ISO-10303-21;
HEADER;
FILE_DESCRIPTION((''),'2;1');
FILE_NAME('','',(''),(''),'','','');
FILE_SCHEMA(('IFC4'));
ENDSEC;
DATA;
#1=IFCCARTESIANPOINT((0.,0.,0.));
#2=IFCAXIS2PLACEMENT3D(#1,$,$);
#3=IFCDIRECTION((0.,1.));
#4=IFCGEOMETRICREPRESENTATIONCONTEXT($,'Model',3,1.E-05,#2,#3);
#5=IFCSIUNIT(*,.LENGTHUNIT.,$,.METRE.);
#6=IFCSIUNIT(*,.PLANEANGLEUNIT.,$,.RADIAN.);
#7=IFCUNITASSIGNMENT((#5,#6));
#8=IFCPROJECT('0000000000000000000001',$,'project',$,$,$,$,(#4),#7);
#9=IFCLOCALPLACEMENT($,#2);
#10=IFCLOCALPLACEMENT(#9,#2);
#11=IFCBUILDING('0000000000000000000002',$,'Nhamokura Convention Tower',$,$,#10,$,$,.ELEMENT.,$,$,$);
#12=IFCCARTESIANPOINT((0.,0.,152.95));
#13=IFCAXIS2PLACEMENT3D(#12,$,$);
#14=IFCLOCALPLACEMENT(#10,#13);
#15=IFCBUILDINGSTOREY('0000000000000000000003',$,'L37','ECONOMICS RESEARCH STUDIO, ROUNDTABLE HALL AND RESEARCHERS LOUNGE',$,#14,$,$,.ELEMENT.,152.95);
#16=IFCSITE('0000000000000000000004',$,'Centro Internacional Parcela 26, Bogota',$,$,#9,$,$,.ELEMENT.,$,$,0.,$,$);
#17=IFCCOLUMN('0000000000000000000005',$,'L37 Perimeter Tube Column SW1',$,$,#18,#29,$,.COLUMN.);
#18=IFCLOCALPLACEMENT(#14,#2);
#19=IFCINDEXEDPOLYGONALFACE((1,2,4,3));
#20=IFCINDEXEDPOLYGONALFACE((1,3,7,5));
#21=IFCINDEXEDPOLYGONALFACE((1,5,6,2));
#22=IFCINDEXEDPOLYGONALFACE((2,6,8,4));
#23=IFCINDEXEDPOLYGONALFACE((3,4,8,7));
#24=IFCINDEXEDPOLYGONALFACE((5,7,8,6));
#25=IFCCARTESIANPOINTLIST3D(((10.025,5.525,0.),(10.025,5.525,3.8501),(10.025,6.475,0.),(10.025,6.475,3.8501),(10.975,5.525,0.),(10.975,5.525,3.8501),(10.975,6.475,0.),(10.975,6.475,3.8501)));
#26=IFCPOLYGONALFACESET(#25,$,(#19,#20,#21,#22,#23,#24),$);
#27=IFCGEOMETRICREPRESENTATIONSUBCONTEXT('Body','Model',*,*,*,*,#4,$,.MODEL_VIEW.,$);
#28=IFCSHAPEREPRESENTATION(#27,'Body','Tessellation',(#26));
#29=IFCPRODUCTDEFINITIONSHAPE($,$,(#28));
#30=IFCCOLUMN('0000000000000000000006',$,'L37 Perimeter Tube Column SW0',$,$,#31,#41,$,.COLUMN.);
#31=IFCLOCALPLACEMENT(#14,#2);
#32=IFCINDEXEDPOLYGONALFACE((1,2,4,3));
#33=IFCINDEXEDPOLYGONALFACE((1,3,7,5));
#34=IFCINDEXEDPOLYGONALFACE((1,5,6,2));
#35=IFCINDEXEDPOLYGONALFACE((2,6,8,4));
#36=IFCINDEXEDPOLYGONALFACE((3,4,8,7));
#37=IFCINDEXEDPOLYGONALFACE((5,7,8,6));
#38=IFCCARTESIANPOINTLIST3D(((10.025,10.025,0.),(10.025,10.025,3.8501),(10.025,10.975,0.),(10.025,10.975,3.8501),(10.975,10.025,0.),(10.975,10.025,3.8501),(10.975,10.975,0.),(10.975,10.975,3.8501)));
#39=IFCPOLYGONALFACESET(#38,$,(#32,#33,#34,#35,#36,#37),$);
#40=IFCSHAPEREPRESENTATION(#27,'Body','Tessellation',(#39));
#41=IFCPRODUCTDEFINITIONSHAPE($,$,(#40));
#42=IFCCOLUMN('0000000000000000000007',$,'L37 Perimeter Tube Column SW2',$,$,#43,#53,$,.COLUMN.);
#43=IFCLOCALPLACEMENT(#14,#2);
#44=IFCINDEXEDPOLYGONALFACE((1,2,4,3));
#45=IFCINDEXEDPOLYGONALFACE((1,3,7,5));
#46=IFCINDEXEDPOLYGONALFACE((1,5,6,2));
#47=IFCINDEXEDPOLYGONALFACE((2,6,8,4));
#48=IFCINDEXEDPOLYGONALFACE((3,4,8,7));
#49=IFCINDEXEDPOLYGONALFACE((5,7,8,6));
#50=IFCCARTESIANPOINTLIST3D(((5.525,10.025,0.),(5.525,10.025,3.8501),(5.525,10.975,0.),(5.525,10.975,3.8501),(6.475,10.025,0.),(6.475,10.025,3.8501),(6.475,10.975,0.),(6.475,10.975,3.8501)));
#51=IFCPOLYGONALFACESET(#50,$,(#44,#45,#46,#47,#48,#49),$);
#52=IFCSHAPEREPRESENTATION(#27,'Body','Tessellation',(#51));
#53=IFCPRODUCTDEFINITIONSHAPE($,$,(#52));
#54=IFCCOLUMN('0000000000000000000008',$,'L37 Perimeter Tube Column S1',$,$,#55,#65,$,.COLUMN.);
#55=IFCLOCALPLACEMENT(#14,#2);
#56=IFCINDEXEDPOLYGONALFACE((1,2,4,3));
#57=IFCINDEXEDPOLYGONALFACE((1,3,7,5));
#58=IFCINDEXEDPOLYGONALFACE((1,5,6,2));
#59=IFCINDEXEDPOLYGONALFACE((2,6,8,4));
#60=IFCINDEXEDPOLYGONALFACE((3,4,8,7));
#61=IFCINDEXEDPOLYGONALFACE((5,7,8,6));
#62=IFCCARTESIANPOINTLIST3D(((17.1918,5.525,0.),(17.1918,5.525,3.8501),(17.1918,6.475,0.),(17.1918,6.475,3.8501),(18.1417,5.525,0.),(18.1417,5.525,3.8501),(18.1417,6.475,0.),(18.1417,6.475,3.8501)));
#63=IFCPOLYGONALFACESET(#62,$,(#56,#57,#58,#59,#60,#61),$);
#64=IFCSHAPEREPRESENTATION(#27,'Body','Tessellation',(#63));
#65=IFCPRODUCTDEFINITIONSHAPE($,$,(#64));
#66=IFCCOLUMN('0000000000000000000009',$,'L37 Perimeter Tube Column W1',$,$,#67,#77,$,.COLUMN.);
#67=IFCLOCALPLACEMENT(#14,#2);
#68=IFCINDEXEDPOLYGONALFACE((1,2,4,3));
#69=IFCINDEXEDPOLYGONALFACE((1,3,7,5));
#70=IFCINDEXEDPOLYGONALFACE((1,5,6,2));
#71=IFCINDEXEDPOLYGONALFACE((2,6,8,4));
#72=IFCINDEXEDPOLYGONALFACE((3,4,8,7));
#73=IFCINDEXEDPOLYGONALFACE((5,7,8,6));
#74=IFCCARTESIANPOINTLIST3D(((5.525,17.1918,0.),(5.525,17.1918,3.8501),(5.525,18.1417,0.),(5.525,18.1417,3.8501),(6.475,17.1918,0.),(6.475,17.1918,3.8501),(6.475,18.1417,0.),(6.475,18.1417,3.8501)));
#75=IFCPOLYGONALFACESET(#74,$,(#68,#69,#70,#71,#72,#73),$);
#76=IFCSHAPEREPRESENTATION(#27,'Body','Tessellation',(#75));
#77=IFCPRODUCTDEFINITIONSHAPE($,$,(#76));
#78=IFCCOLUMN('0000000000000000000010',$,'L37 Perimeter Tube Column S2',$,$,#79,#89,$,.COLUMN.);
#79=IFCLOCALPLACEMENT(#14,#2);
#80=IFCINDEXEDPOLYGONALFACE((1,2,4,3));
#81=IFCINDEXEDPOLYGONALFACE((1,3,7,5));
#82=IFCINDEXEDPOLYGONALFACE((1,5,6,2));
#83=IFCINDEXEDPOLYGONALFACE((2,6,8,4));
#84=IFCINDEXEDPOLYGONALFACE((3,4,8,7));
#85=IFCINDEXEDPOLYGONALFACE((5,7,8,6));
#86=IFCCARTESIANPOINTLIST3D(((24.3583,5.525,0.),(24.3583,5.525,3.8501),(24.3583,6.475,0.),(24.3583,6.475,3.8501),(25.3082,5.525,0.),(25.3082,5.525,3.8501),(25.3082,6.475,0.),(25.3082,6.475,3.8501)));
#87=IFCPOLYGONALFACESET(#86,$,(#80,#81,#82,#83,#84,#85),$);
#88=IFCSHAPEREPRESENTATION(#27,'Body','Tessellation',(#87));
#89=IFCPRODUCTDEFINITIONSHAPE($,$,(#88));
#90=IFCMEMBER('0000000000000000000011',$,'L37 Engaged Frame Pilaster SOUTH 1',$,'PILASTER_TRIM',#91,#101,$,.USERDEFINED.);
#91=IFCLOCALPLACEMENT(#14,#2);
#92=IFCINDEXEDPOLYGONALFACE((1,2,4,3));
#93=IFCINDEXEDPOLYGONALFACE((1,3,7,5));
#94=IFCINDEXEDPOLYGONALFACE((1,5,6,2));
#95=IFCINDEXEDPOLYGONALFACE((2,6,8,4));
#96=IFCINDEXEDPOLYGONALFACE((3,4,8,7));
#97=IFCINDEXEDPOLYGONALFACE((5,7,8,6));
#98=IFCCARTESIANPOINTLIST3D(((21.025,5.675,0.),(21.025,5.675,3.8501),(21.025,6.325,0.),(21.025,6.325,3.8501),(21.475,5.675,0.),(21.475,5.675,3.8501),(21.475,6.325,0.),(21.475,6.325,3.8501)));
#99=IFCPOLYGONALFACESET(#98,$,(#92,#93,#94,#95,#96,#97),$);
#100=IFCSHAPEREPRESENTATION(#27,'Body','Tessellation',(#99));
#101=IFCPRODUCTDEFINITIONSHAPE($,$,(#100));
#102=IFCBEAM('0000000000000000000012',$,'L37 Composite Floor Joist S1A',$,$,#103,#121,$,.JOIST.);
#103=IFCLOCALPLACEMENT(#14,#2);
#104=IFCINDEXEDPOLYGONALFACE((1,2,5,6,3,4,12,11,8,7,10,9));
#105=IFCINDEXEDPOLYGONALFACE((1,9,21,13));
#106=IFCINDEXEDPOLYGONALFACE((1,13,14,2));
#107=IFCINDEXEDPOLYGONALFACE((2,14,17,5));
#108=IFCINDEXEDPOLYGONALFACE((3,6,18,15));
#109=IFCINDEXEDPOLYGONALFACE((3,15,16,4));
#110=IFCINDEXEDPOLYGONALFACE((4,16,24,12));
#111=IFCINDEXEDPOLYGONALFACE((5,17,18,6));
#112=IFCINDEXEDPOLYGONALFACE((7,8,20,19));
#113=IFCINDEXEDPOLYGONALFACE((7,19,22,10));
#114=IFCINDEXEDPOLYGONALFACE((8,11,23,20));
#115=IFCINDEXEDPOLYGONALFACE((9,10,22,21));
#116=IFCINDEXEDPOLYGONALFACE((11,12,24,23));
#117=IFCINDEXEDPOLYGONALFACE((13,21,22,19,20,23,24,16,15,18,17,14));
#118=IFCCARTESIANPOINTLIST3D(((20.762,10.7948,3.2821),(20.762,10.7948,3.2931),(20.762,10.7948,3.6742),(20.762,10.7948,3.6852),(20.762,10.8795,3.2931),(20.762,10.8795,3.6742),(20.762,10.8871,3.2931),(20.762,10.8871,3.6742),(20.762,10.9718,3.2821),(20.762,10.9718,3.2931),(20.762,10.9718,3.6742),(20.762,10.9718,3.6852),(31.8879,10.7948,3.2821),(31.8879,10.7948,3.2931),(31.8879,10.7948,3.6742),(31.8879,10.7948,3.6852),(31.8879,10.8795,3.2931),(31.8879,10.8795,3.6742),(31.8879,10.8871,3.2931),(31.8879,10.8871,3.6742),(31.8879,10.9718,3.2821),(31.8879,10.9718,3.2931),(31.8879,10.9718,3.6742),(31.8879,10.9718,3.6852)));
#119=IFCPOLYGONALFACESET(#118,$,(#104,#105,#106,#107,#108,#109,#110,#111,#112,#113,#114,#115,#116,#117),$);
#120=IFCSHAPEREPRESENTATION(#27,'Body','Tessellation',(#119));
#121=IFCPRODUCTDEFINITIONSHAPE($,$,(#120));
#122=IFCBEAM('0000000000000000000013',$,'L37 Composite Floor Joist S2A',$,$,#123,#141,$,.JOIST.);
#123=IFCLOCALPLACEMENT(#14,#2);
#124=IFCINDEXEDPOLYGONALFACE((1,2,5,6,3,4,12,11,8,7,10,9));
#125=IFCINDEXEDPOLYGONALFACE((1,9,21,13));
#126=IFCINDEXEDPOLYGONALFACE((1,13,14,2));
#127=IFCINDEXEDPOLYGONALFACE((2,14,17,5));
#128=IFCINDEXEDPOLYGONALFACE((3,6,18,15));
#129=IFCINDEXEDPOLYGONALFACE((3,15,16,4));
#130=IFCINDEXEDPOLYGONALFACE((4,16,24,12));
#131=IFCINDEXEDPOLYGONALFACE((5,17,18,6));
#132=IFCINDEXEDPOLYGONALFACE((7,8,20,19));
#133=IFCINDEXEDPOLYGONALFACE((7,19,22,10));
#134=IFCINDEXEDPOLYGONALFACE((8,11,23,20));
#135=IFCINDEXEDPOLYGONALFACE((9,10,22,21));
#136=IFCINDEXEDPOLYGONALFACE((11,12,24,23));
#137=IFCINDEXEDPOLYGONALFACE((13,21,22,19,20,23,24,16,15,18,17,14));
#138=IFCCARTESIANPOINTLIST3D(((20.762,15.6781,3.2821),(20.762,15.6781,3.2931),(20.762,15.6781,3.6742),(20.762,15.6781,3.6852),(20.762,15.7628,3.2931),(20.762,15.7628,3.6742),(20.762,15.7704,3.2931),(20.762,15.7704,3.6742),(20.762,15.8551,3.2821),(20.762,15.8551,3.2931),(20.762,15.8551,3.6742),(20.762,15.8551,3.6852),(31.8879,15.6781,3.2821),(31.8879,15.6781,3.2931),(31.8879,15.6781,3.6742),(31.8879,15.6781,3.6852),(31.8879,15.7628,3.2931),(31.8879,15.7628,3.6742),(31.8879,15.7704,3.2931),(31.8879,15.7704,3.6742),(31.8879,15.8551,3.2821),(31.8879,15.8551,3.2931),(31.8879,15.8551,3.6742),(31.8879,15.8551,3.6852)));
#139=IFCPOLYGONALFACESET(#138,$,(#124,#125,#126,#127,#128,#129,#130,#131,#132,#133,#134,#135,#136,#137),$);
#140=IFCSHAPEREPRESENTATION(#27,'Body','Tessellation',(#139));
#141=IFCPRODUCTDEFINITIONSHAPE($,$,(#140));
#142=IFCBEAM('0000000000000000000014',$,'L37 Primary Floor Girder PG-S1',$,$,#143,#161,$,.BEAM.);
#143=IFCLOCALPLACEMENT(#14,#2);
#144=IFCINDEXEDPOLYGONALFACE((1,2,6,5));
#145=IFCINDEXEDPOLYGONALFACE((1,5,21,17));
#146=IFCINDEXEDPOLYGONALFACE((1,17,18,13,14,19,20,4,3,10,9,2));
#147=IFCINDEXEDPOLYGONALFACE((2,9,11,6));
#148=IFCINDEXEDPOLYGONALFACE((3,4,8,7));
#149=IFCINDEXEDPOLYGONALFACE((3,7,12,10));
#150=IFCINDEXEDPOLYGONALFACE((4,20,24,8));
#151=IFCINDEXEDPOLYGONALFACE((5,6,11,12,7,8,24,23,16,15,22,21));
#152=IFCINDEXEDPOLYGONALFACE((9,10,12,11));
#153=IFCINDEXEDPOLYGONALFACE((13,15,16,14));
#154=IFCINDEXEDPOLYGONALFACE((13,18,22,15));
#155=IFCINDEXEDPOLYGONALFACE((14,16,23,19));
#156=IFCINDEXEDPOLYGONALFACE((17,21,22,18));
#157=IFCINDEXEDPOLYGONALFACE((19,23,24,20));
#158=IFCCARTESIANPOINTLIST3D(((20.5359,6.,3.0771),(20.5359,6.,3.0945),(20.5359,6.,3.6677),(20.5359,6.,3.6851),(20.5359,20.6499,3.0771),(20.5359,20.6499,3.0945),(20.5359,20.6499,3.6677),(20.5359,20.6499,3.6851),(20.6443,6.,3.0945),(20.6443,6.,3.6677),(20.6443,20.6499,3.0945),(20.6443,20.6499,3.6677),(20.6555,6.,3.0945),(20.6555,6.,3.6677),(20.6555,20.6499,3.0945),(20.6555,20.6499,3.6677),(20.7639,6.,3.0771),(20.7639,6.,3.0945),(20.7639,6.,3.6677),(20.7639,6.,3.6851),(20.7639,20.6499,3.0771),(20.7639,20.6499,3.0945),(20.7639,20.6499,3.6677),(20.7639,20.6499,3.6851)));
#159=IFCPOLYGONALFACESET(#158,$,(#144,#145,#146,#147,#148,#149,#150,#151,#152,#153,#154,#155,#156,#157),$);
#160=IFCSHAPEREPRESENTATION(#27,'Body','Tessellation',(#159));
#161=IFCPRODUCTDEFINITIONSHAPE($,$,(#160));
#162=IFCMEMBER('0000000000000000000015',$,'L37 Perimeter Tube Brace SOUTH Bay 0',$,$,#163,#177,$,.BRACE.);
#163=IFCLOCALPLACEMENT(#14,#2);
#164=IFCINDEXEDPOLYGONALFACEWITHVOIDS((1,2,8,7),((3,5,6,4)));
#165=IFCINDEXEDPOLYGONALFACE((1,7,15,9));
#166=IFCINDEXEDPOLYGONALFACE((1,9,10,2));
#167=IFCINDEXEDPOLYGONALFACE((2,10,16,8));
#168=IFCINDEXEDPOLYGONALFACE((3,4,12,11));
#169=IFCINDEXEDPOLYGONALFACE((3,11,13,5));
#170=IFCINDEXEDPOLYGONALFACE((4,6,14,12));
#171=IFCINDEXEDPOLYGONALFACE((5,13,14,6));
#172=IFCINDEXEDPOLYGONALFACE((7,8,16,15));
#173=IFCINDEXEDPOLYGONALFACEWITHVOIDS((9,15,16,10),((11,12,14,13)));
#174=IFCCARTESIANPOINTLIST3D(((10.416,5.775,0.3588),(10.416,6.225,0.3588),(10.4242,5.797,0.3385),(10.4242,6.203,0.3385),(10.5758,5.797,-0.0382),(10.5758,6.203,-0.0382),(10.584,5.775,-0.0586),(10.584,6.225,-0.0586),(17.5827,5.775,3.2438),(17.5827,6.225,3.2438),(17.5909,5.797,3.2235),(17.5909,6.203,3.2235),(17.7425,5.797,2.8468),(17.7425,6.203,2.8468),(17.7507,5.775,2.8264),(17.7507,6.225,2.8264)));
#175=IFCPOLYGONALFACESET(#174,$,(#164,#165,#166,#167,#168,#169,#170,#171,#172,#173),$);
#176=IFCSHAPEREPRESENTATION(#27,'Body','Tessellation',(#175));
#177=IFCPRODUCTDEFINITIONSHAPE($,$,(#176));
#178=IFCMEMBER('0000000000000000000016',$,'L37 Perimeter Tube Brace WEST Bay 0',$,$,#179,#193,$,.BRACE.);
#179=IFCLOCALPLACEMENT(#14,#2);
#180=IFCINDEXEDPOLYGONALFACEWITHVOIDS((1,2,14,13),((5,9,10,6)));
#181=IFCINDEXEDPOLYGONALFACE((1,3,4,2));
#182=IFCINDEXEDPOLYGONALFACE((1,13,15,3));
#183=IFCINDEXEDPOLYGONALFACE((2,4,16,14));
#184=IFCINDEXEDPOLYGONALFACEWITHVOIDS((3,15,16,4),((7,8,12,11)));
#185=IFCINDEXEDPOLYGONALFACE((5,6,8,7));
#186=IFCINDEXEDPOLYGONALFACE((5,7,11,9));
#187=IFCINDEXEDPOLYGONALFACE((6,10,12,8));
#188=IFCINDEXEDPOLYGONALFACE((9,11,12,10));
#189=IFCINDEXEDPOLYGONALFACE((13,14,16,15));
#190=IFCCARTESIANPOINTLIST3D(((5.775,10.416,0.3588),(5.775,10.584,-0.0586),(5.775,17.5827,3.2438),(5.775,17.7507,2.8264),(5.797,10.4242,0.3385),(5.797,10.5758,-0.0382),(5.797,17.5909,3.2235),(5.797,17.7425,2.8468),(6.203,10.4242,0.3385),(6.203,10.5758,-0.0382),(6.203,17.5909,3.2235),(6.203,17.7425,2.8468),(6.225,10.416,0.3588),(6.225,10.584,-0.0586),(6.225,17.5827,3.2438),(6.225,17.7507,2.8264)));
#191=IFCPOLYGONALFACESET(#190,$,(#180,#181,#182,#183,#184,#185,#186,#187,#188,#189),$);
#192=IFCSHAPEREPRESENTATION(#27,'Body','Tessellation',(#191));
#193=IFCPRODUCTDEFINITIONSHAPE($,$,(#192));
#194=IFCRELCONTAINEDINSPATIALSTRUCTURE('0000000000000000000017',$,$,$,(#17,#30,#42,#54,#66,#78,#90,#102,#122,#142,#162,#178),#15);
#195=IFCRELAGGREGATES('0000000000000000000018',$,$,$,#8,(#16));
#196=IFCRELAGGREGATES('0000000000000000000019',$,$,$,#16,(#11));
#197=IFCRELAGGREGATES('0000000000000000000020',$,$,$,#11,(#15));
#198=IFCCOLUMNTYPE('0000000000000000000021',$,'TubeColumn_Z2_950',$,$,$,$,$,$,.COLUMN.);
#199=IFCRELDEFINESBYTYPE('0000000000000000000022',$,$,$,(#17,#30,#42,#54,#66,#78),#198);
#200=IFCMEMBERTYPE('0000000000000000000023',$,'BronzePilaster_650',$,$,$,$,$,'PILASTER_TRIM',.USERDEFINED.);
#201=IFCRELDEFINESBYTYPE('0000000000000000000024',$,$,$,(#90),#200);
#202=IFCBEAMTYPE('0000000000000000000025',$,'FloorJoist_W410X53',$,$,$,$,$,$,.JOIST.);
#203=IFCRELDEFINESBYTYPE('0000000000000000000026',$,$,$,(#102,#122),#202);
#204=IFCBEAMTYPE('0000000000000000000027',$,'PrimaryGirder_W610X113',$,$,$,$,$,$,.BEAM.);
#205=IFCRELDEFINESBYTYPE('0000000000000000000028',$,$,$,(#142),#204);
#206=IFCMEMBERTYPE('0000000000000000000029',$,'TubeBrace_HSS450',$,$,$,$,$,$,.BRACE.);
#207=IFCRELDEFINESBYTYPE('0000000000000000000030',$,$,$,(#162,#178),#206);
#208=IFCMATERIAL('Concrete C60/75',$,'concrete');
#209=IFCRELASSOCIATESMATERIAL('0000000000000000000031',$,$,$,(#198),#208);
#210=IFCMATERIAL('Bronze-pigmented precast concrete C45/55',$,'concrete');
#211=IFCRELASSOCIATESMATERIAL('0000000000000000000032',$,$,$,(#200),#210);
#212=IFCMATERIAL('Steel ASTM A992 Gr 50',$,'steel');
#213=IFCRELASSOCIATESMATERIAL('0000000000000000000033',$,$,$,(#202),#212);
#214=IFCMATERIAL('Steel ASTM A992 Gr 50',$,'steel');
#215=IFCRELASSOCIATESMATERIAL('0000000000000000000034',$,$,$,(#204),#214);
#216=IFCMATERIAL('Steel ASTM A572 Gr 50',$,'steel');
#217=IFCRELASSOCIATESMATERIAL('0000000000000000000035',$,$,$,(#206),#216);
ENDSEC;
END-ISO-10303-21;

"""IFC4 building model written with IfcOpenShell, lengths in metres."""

from ifc_helpers import new_model, si_unit, direction, frame, origin, origin_2d, place, context, subcontext, project, spatial, rectangle, hollow_rectangle, i_section, extrude, material, material_profile, profile_set, type_object, element, save


model = new_model("IFC4")

# Units and contexts
model_context = context("Model", 3, precision=1e-05, world=origin(), true_north=direction((0.0, 1.0)))
body_context = subcontext(model_context, "Body", "Model", "MODEL_VIEW")
ifc_project = project(units=[si_unit("LENGTHUNIT", "METRE"), si_unit("PLANEANGLEUNIT", "RADIAN")], contexts=[model_context])

# Site, building, storey
site_placement = place(None, origin())
site = spatial("IfcSite", under=ifc_project, at=site_placement, Name="Centro Internacional Parcela 26, Bogota", CompositionType="ELEMENT", RefElevation=0.0)
building_placement = place(site_placement, origin())
building = spatial("IfcBuilding", under=site, at=building_placement, Name="Nhamokura Convention Tower", CompositionType="ELEMENT")
storey_placement = place(building_placement, frame((0.0, 0.0, 152.95)))
storey = spatial("IfcBuildingStorey", under=building, at=storey_placement, Name="L37", Description="ECONOMICS RESEARCH STUDIO, ROUNDTABLE HALL AND RESEARCHERS LOUNGE", CompositionType="ELEMENT", Elevation=152.95)

# Columns
ifc_material_1 = material(Name="Concrete C60/75", Category="concrete")
ifc_material_profile_1 = material_profile(ifc_material_1, rectangle(XDim=0.95, YDim=0.95, at=origin_2d()))
ifc_profile_set_1 = profile_set([ifc_material_profile_1], Name="Concrete C60/75")
column_type = type_object("IfcColumnType", Name="TubeColumn_Z2_950", PredefinedType="COLUMN", material=ifc_profile_set_1)
for number, where, z_axis, x_axis, name in (
    (1, (10.5, 6.0, 0.0), (0.0, 0.0, 1.0), (1.0, 0.0, 0.0), "L37 Perimeter Tube Column SW1"),
    (2, (10.5, 10.5, 0.0), (0.0, 0.0, 1.0), (1.0, 0.0, 0.0), "L37 Perimeter Tube Column SW0"),
    (3, (6.0, 10.5, 0.0), (0.0, 0.0, 1.0), (1.0, 0.0, 0.0), "L37 Perimeter Tube Column SW2"),
    (4, (17.6667, 6.0, 0.0), (0.0, 0.0, 1.0), (1.0, 0.0, 0.0), "L37 Perimeter Tube Column S1"),
    (5, (6.0, 17.6667, 0.0), (0.0, 0.0, 1.0), (1.0, 0.0, 0.0), "L37 Perimeter Tube Column W1"),
    (6, (24.8333, 6.0, 0.0), (0.0, 0.0, 1.0), (1.0, 0.0, 0.0), "L37 Perimeter Tube Column S2"),
):
    element("IfcColumn", number, at=place(storey_placement, frame(where, z_axis=z_axis, x_axis=x_axis)), inside=storey, type_object=column_type, Name=name, PredefinedType="COLUMN", context=body_context, shape_type="SweptSolid", body=[
        extrude(rectangle(XDim=0.95, YDim=0.95, at=origin_2d()), origin(), (0.0, 0.0, 1.0), 3.8501),
    ])

# Member
ifc_material_2 = material(Name="Bronze-pigmented precast concrete C45/55", Category="concrete")
ifc_material_profile_2 = material_profile(ifc_material_2, rectangle(XDim=0.45, YDim=0.6499, at=origin_2d()))
ifc_profile_set_2 = profile_set([ifc_material_profile_2], Name="Bronze-pigmented precast concrete C45/55")
member_type_1 = type_object("IfcMemberType", Name="BronzePilaster_650", ElementType="PILASTER_TRIM", PredefinedType="USERDEFINED", material=ifc_profile_set_2)
member_placement = place(storey_placement, frame((21.25, 6.0, 0.0), z_axis=(0.0, 0.0, 1.0), x_axis=(1.0, 0.0, 0.0)))
element("IfcMember", 7, at=member_placement, inside=storey, type_object=member_type_1, Name="L37 Engaged Frame Pilaster SOUTH 1", ObjectType="PILASTER_TRIM", PredefinedType="USERDEFINED", context=body_context, shape_type="SweptSolid", body=[
    extrude(rectangle(XDim=0.45, YDim=0.6499, at=origin_2d()), origin(), (0.0, 0.0, 1.0), 3.8501),
])

# Beams
ifc_material_3 = material(Name="Steel ASTM A992 Gr 50", Category="steel")
ifc_material_profile_3 = material_profile(ifc_material_3, i_section(OverallWidth=0.177, OverallDepth=0.4031, WebThickness=0.0076, FlangeThickness=0.011, at=origin_2d()))
ifc_profile_set_3 = profile_set([ifc_material_profile_3], Name="Steel ASTM A992 Gr 50")
beam_type_1 = type_object("IfcBeamType", Name="FloorJoist_W410X53", PredefinedType="JOIST", material=ifc_profile_set_3)
for number, where, z_axis, x_axis, name in (
    (8, (20.762, 10.8833, 3.4836), (1.0, 0.0, 0.0), (0.0, 1.0, 0.0), "L37 Composite Floor Joist S1A"),
    (9, (20.762, 15.7666, 3.4836), (1.0, 0.0, 0.0), (0.0, 1.0, 0.0), "L37 Composite Floor Joist S2A"),
):
    element("IfcBeam", number, at=place(storey_placement, frame(where, z_axis=z_axis, x_axis=x_axis)), inside=storey, type_object=beam_type_1, Name=name, PredefinedType="JOIST", context=body_context, shape_type="SweptSolid", body=[
        extrude(i_section(OverallWidth=0.177, OverallDepth=0.4031, WebThickness=0.0076, FlangeThickness=0.011, at=origin_2d()), origin(), (0.0, 0.0, 1.0), 11.126),
    ])
ifc_material_4 = material(Name="Steel ASTM A992 Gr 50", Category="steel")
ifc_material_profile_4 = material_profile(ifc_material_4, i_section(OverallWidth=0.228, OverallDepth=0.6079, WebThickness=0.0112, FlangeThickness=0.0173, at=origin_2d()))
ifc_profile_set_4 = profile_set([ifc_material_profile_4], Name="Steel ASTM A992 Gr 50")
beam_type_2 = type_object("IfcBeamType", Name="PrimaryGirder_W610X113", PredefinedType="BEAM", material=ifc_profile_set_4)
beam_1_placement = place(storey_placement, frame((20.6499, 6.0, 3.3811), z_axis=(0.0, 1.0, 0.0), x_axis=(-1.0, 0.0, 0.0)))
element("IfcBeam", 10, at=beam_1_placement, inside=storey, type_object=beam_type_2, Name="L37 Primary Floor Girder PG-S1", PredefinedType="BEAM", context=body_context, shape_type="SweptSolid", body=[
    extrude(i_section(OverallWidth=0.228, OverallDepth=0.6079, WebThickness=0.0112, FlangeThickness=0.0173, at=origin_2d()), origin(), (0.0, 0.0, 1.0), 14.6499),
])

# Members
ifc_material_5 = material(Name="Steel ASTM A572 Gr 50", Category="steel")
ifc_material_profile_5 = material_profile(ifc_material_5, hollow_rectangle(XDim=0.45, YDim=0.45, WallThickness=0.022, at=origin_2d()))
ifc_profile_set_5 = profile_set([ifc_material_profile_5], Name="Steel ASTM A572 Gr 50")
member_type_2 = type_object("IfcMemberType", Name="TubeBrace_HSS450", PredefinedType="BRACE", material=ifc_profile_set_5)
for number, where, z_axis, x_axis, name in (
    (11, (10.5, 6.0, 0.1501), (0.927657, 0.0, 0.373433), (0.0, 1.0, 0.0), "L37 Perimeter Tube Brace SOUTH Bay 0"),
    (12, (6.0, 10.5, 0.1501), (0.0, 0.927657, 0.373433), (-1.0, 0.0, 0.0), "L37 Perimeter Tube Brace WEST Bay 0"),
):
    element("IfcMember", number, at=place(storey_placement, frame(where, z_axis=z_axis, x_axis=x_axis)), inside=storey, type_object=member_type_2, Name=name, PredefinedType="BRACE", context=body_context, shape_type="SweptSolid", body=[
        extrude(hollow_rectangle(XDim=0.45, YDim=0.45, WallThickness=0.022, at=origin_2d()), origin(), (0.0, 0.0, 1.0), 7.7256),
    ])

save(model, "model.ifc")
